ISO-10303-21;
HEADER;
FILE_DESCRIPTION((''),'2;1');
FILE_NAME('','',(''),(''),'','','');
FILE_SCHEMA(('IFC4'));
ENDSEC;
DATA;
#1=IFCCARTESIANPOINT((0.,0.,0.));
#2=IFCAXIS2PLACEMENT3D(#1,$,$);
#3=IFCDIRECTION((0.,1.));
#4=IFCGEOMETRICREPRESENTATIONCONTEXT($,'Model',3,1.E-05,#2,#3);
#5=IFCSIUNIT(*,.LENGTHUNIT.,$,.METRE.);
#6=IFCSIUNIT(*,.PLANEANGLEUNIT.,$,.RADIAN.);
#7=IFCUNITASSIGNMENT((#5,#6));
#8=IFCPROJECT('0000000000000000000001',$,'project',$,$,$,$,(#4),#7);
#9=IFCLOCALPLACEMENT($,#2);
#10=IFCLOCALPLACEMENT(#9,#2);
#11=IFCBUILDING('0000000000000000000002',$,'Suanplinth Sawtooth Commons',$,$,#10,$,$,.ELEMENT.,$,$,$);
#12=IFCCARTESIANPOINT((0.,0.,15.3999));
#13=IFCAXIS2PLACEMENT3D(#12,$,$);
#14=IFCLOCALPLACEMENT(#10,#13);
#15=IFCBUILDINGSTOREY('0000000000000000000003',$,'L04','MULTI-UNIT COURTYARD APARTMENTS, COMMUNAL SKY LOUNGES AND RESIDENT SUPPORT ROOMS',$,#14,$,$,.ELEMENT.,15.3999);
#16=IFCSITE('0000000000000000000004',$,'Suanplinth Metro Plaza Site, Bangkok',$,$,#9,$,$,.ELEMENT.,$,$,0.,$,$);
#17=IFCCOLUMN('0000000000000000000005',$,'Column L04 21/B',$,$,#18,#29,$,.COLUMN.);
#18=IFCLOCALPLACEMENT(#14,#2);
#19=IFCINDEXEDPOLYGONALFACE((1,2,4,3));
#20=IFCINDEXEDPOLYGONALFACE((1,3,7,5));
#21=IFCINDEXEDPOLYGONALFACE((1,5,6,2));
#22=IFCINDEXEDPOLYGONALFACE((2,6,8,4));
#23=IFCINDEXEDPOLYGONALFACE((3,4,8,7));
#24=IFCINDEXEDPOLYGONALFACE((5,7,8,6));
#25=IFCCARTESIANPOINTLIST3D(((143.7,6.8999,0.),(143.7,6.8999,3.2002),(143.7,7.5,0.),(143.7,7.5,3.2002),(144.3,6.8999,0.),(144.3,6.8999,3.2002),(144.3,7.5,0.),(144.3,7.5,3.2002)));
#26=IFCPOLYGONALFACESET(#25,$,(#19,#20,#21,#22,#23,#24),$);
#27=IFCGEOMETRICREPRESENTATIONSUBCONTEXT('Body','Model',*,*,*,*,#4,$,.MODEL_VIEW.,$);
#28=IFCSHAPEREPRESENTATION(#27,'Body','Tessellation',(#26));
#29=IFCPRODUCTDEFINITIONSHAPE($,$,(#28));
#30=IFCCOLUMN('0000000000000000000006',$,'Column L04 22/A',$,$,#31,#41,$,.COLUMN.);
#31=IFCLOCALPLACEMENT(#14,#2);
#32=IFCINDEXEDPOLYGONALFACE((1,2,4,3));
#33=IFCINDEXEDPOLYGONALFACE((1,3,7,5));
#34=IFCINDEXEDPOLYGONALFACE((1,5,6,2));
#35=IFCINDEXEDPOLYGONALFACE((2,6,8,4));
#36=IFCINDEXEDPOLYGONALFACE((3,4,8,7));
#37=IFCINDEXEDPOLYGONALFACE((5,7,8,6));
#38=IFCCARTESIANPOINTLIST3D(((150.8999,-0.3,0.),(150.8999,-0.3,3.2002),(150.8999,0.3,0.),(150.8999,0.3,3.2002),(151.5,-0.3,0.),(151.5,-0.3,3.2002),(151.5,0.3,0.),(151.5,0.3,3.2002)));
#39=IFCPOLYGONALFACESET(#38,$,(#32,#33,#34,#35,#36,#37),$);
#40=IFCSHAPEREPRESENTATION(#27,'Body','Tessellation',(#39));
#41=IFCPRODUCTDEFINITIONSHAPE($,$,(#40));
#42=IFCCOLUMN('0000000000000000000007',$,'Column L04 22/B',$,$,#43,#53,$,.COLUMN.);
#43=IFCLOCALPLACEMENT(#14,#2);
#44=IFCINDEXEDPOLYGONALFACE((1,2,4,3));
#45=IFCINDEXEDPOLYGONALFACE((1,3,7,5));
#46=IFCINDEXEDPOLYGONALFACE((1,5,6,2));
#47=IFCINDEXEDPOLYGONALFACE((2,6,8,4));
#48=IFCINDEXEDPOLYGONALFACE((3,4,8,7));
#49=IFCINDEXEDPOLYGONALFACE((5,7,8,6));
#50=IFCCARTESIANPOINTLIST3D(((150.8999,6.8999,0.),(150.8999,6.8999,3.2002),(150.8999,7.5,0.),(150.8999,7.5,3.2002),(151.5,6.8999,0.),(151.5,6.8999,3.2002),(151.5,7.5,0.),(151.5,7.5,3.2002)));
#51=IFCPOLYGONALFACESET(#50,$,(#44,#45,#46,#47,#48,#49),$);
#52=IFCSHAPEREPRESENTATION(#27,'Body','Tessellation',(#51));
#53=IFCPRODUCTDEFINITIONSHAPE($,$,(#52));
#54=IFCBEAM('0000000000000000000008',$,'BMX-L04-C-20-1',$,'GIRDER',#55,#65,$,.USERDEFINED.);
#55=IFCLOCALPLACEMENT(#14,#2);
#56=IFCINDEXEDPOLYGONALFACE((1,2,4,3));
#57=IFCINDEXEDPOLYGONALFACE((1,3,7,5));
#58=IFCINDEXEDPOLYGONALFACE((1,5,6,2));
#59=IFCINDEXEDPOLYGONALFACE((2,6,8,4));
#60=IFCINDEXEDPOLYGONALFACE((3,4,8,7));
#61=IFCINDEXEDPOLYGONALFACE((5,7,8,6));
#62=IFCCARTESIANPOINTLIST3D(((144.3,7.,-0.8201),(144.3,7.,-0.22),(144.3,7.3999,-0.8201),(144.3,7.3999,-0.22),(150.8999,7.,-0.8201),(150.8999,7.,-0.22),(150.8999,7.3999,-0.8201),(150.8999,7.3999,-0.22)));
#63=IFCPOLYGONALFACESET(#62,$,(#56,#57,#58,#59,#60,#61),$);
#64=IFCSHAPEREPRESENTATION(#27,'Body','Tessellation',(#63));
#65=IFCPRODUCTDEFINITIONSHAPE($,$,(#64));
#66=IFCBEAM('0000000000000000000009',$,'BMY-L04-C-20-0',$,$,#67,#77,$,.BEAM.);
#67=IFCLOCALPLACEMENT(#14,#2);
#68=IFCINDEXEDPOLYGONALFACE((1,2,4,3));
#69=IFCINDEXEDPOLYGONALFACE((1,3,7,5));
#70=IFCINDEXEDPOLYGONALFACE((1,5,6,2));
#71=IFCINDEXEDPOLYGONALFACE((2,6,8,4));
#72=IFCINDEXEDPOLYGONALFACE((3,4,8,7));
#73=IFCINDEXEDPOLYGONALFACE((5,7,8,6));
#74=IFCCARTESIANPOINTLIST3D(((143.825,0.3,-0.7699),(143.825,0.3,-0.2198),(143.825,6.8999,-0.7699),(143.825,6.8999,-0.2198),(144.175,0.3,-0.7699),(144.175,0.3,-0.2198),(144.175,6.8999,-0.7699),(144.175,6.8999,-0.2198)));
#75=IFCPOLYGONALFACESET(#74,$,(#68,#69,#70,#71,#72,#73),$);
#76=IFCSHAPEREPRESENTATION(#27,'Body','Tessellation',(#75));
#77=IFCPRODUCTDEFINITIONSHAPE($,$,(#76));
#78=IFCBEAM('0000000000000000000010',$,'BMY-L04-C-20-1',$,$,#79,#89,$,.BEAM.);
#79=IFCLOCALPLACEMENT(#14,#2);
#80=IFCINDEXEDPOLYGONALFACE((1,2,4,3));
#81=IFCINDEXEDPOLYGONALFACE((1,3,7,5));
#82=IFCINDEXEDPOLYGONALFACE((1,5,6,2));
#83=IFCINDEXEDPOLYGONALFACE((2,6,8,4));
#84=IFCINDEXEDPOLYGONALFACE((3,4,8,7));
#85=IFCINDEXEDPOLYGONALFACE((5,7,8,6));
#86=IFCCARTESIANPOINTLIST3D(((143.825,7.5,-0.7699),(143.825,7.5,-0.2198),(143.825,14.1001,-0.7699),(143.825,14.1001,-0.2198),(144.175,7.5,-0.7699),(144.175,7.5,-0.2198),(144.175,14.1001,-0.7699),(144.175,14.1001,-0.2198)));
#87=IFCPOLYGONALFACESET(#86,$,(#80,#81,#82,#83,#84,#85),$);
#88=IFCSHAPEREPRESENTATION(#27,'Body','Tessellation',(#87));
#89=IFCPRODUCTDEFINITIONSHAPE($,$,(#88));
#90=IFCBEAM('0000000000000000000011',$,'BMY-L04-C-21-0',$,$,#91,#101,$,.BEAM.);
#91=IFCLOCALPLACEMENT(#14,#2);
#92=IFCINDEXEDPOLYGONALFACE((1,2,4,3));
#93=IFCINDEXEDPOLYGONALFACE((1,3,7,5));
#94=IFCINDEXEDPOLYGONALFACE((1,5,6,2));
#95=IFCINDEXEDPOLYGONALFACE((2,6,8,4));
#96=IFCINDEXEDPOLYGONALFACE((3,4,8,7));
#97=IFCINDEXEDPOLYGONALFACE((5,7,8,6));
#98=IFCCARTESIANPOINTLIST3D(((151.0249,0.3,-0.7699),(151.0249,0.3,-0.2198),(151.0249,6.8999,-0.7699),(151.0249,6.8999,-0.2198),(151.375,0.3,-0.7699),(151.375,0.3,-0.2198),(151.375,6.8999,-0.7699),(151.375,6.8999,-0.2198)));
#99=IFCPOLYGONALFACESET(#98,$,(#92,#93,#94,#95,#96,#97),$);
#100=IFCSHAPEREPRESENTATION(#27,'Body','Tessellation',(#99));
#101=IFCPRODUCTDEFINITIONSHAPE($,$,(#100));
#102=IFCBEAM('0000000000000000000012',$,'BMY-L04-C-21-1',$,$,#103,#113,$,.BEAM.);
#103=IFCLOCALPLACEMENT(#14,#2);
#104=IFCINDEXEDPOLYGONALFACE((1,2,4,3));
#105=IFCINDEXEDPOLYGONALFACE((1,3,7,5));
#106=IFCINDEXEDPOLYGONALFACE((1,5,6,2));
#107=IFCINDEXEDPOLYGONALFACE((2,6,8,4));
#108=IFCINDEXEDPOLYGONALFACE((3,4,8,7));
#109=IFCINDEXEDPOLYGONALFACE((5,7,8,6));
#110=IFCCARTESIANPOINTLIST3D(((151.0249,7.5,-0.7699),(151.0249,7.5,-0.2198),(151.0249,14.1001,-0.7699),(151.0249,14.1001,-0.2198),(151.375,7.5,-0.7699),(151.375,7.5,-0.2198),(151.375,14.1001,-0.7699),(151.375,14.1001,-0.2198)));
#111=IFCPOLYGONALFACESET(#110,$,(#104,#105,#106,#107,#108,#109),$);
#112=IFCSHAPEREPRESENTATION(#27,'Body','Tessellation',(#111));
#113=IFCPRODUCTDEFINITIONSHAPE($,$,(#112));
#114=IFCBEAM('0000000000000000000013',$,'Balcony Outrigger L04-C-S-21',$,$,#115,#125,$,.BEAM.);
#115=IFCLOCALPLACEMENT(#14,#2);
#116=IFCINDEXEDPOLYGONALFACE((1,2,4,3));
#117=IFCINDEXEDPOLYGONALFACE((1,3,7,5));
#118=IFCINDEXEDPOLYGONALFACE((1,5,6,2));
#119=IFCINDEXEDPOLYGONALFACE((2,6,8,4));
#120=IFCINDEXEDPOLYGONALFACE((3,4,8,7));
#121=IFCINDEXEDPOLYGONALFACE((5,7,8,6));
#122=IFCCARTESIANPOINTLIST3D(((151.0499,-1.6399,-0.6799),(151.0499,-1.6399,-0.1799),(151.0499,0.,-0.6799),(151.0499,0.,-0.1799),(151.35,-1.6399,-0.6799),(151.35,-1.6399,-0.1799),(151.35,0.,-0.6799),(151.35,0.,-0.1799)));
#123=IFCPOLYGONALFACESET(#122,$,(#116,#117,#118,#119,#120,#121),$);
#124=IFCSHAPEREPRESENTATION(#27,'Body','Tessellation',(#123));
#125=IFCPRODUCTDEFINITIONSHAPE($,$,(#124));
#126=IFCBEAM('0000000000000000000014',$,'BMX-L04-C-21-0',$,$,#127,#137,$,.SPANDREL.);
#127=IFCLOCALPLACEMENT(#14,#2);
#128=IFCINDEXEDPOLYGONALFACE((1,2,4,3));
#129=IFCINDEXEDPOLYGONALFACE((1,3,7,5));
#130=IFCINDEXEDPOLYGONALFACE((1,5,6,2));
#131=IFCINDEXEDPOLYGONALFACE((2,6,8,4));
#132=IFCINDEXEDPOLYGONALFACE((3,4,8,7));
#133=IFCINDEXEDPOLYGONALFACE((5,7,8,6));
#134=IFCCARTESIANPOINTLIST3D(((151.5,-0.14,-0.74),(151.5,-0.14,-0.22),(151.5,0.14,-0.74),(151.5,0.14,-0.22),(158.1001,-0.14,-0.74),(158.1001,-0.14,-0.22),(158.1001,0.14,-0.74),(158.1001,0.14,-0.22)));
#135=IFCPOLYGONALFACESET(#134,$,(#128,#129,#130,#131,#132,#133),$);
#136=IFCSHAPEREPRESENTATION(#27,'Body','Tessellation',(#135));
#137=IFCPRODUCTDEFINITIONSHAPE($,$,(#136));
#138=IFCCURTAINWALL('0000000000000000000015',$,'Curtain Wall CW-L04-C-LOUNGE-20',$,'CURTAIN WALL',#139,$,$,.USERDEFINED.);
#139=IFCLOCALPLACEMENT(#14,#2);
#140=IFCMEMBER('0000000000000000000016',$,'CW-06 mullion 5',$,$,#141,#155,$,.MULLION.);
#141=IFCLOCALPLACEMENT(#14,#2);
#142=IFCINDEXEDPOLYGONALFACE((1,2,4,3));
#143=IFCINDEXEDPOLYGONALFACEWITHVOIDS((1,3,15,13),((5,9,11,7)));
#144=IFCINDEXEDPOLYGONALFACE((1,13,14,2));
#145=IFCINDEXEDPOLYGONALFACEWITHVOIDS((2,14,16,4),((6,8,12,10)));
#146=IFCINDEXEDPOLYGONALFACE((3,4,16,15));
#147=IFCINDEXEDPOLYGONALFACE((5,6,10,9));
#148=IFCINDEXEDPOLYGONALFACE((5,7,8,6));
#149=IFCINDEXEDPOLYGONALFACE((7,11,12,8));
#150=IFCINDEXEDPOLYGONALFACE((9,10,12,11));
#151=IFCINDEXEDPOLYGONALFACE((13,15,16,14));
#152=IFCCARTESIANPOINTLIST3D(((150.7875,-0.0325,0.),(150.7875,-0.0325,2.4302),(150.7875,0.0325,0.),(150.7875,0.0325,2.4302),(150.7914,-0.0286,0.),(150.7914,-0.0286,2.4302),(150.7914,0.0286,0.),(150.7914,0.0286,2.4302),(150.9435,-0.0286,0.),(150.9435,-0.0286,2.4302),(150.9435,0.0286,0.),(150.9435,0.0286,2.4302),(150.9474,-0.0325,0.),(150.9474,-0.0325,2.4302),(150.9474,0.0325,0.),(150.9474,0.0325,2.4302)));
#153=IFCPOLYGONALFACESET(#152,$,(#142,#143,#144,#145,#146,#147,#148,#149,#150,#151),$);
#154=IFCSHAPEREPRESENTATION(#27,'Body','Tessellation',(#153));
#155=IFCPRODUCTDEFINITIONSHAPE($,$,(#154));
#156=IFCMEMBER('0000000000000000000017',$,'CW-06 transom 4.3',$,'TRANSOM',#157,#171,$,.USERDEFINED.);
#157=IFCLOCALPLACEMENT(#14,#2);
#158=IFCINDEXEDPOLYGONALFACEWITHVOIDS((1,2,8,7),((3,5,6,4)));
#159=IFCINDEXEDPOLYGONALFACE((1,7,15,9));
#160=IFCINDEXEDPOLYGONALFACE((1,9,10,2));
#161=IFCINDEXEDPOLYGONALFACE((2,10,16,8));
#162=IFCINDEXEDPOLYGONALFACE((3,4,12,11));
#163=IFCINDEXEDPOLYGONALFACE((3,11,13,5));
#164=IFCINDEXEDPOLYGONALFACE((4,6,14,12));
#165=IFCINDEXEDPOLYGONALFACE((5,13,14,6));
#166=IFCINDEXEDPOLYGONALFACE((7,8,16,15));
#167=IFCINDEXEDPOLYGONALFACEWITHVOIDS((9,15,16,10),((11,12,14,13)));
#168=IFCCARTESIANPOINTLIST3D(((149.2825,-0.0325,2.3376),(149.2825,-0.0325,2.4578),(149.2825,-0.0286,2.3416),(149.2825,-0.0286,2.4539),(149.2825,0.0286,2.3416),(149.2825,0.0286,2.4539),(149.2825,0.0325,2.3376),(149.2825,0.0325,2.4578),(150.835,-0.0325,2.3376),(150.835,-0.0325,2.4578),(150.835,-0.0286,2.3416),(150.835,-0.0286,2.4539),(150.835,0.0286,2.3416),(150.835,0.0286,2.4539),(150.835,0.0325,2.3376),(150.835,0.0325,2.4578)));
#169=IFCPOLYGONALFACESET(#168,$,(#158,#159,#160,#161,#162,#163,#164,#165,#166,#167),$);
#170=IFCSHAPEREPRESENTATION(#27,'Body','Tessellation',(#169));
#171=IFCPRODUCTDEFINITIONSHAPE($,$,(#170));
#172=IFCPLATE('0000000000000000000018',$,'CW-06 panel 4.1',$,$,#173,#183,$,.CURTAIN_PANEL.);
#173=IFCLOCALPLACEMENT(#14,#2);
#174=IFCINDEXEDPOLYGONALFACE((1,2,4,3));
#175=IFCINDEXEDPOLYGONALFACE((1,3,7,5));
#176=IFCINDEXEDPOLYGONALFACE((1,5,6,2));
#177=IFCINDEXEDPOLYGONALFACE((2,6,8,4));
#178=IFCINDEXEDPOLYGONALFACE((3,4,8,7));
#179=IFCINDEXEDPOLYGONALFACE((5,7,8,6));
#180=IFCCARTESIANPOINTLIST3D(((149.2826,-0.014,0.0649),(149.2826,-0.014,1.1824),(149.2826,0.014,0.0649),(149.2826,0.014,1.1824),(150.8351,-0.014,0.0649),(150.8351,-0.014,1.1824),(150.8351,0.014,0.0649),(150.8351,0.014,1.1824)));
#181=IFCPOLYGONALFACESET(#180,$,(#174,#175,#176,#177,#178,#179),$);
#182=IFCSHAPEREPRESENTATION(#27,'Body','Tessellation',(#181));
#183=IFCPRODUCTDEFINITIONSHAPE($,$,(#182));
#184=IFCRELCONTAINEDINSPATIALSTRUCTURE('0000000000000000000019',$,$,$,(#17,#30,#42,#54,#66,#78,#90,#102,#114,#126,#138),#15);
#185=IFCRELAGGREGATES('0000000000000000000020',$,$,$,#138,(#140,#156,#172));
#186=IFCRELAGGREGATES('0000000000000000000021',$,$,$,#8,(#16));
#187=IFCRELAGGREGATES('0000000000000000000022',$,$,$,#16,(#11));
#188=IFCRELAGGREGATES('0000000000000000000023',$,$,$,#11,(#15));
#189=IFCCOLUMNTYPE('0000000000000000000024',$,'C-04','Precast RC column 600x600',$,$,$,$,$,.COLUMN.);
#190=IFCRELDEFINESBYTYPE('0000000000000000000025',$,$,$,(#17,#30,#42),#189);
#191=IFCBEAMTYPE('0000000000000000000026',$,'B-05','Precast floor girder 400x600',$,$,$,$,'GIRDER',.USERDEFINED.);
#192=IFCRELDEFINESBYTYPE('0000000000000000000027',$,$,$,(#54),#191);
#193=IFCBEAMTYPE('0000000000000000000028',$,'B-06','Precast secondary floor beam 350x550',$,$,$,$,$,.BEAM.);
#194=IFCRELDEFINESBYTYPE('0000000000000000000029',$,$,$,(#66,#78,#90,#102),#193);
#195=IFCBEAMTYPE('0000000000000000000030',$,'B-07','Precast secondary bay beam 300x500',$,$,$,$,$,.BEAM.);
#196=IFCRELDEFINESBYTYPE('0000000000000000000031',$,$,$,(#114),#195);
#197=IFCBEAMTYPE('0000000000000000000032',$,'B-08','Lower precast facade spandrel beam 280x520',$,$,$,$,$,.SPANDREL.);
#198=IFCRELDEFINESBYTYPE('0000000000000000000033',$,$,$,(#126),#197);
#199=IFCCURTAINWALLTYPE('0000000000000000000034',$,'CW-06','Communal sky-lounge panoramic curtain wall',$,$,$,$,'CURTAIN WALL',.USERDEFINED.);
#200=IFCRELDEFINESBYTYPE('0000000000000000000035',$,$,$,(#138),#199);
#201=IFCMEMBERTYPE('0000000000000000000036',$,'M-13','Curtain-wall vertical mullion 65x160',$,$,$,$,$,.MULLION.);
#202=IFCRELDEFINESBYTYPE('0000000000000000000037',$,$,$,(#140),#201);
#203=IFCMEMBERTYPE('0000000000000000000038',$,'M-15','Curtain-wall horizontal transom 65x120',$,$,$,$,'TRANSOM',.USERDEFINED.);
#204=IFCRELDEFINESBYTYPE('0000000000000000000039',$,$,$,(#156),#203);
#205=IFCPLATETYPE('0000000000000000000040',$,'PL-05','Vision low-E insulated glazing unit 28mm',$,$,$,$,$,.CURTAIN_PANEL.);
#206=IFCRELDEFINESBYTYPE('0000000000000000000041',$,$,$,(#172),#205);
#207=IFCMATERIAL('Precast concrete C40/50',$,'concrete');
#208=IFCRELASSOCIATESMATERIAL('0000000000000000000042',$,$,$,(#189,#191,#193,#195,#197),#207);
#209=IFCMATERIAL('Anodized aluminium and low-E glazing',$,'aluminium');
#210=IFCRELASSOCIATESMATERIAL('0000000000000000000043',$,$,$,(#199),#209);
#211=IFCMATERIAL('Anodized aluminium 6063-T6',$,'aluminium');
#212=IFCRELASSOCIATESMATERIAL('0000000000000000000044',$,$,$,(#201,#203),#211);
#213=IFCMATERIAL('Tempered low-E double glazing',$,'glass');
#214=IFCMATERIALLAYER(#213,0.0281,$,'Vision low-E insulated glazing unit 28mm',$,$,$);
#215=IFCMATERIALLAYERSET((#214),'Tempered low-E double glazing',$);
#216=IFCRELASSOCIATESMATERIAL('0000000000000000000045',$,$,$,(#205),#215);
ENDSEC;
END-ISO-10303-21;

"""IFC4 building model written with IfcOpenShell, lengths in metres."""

from ifc_helpers import new_model, si_unit, direction, frame, origin, origin_2d, place, context, subcontext, project, spatial, rectangle, hollow_rectangle, extrude, material, layer, layer_set, material_profile, profile_set, type_object, element, aggregate, save


model = new_model("IFC4")

# Units and contexts
model_context = context("Model", 3, precision=1e-05, world=origin(), true_north=direction((0.0, 1.0)))
body_context = subcontext(model_context, "Body", "Model", "MODEL_VIEW")
ifc_project = project(units=[si_unit("LENGTHUNIT", "METRE"), si_unit("PLANEANGLEUNIT", "RADIAN")], contexts=[model_context])

# Site, building, storey
site_placement = place(None, origin())
site = spatial("IfcSite", under=ifc_project, at=site_placement, Name="Suanplinth Metro Plaza Site, Bangkok", CompositionType="ELEMENT", RefElevation=0.0)
building_placement = place(site_placement, origin())
building = spatial("IfcBuilding", under=site, at=building_placement, Name="Suanplinth Sawtooth Commons", CompositionType="ELEMENT")
storey_placement = place(building_placement, frame((0.0, 0.0, 15.3999)))
storey = spatial("IfcBuildingStorey", under=building, at=storey_placement, Name="L04", Description="MULTI-UNIT COURTYARD APARTMENTS, COMMUNAL SKY LOUNGES AND RESIDENT SUPPORT ROOMS", CompositionType="ELEMENT", Elevation=15.3999)

# Columns
ifc_material_1 = material(Name="Precast concrete C40/50", Category="concrete")
ifc_material_profile_1 = material_profile(ifc_material_1, rectangle(XDim=0.6001, YDim=0.6001, at=origin_2d()), Name="PC-COL 600x600")
ifc_profile_set_1 = profile_set([ifc_material_profile_1], Name="Precast concrete C40/50")
column_type = type_object("IfcColumnType", Name="C-04", Description="Precast RC column 600x600", PredefinedType="COLUMN", material=ifc_profile_set_1)
for number, where, z_axis, x_axis, name in (
    (1, (144.0, 7.2, 0.0), (0.0, 0.0, 1.0), (1.0, 0.0, 0.0), "Column L04 21/B"),
    (2, (151.2, 0.0, 0.0), (0.0, 0.0, 1.0), (1.0, 0.0, 0.0), "Column L04 22/A"),
    (3, (151.2, 7.2, 0.0), (0.0, 0.0, 1.0), (1.0, 0.0, 0.0), "Column L04 22/B"),
):
    element("IfcColumn", number, at=place(storey_placement, frame(where, z_axis=z_axis, x_axis=x_axis)), inside=storey, type_object=column_type, Name=name, PredefinedType="COLUMN", context=body_context, shape_type="SweptSolid", body=[
        extrude(rectangle(XDim=0.6001, YDim=0.6001, at=origin_2d()), origin(), (0.0, 0.0, 1.0), 3.2002),
    ])

# Beams
ifc_material_profile_2 = material_profile(ifc_material_1, rectangle(XDim=0.3999, YDim=0.6001, at=origin_2d()), Name="PC-GDR 400x600")
ifc_profile_set_2 = profile_set([ifc_material_profile_2], Name="Precast concrete C40/50")
beam_type_1 = type_object("IfcBeamType", Name="B-05", Description="Precast floor girder 400x600", ElementType="GIRDER", PredefinedType="USERDEFINED", material=ifc_profile_set_2)
beam_1_placement = place(storey_placement, frame((144.3, 7.2, -0.52), z_axis=(1.0, 0.0, 0.0), x_axis=(0.0, 1.0, 0.0)))
element("IfcBeam", 4, at=beam_1_placement, inside=storey, type_object=beam_type_1, Name="BMX-L04-C-20-1", ObjectType="GIRDER", PredefinedType="USERDEFINED", context=body_context, shape_type="SweptSolid", body=[
    extrude(rectangle(XDim=0.3999, YDim=0.6001, at=origin_2d()), origin(), (0.0, 0.0, 1.0), 6.5999),
])
ifc_material_profile_3 = material_profile(ifc_material_1, rectangle(XDim=0.3501, YDim=0.55, at=origin_2d()), Name="PC-BM 350x550")
ifc_profile_set_3 = profile_set([ifc_material_profile_3], Name="Precast concrete C40/50")
beam_type_2 = type_object("IfcBeamType", Name="B-06", Description="Precast secondary floor beam 350x550", PredefinedType="BEAM", material=ifc_profile_set_3)
beam_2_placement = place(storey_placement, frame((144.0, 0.3, -0.4949), z_axis=(0.0, 1.0, 0.0), x_axis=(-1.0, 0.0, 0.0)))
element("IfcBeam", 5, at=beam_2_placement, inside=storey, type_object=beam_type_2, Name="BMY-L04-C-20-0", PredefinedType="BEAM", context=body_context, shape_type="SweptSolid", body=[
    extrude(rectangle(XDim=0.3501, YDim=0.55, at=origin_2d()), origin(), (0.0, 0.0, 1.0), 6.5999),
])
beam_3_placement = place(storey_placement, frame((144.0, 7.5, -0.4949), z_axis=(0.0, 1.0, 0.0), x_axis=(-1.0, 0.0, 0.0)))
element("IfcBeam", 6, at=beam_3_placement, inside=storey, type_object=beam_type_2, Name="BMY-L04-C-20-1", PredefinedType="BEAM", context=body_context, shape_type="SweptSolid", body=[
    extrude(rectangle(XDim=0.3501, YDim=0.55, at=origin_2d()), origin(), (0.0, 0.0, 1.0), 6.6001),
])
beam_4_placement = place(storey_placement, frame((151.2, 0.3, -0.4949), z_axis=(0.0, 1.0, 0.0), x_axis=(-1.0, 0.0, 0.0)))
element("IfcBeam", 7, at=beam_4_placement, inside=storey, type_object=beam_type_2, Name="BMY-L04-C-21-0", PredefinedType="BEAM", context=body_context, shape_type="SweptSolid", body=[
    extrude(rectangle(XDim=0.3501, YDim=0.55, at=origin_2d()), origin(), (0.0, 0.0, 1.0), 6.5999),
])
beam_5_placement = place(storey_placement, frame((151.2, 7.5, -0.4949), z_axis=(0.0, 1.0, 0.0), x_axis=(-1.0, 0.0, 0.0)))
element("IfcBeam", 8, at=beam_5_placement, inside=storey, type_object=beam_type_2, Name="BMY-L04-C-21-1", PredefinedType="BEAM", context=body_context, shape_type="SweptSolid", body=[
    extrude(rectangle(XDim=0.3501, YDim=0.55, at=origin_2d()), origin(), (0.0, 0.0, 1.0), 6.6001),
])
ifc_material_profile_4 = material_profile(ifc_material_1, rectangle(XDim=0.3, YDim=0.5, at=origin_2d()), Name="PC-BM 300x500")
ifc_profile_set_4 = profile_set([ifc_material_profile_4], Name="Precast concrete C40/50")
beam_type_3 = type_object("IfcBeamType", Name="B-07", Description="Precast secondary bay beam 300x500", PredefinedType="BEAM", material=ifc_profile_set_4)
beam_6_placement = place(storey_placement, frame((151.2, 0.0, -0.4299), z_axis=(0.0, -1.0, 0.0), x_axis=(1.0, 0.0, 0.0)))
element("IfcBeam", 9, at=beam_6_placement, inside=storey, type_object=beam_type_3, Name="Balcony Outrigger L04-C-S-21", PredefinedType="BEAM", context=body_context, shape_type="SweptSolid", body=[
    extrude(rectangle(XDim=0.3, YDim=0.5, at=origin_2d()), origin(), (0.0, 0.0, 1.0), 1.6399),
])
ifc_material_profile_5 = material_profile(ifc_material_1, rectangle(XDim=0.28, YDim=0.52, at=origin_2d()), Name="PC-SP 280x520")
ifc_profile_set_5 = profile_set([ifc_material_profile_5], Name="Precast concrete C40/50")
beam_type_4 = type_object("IfcBeamType", Name="B-08", Description="Lower precast facade spandrel beam 280x520", PredefinedType="SPANDREL", material=ifc_profile_set_5)
beam_7_placement = place(storey_placement, frame((151.5, 0.0, -0.48), z_axis=(1.0, 0.0, 0.0), x_axis=(0.0, 1.0, 0.0)))
element("IfcBeam", 10, at=beam_7_placement, inside=storey, type_object=beam_type_4, Name="BMX-L04-C-21-0", PredefinedType="SPANDREL", context=body_context, shape_type="SweptSolid", body=[
    extrude(rectangle(XDim=0.28, YDim=0.52, at=origin_2d()), origin(), (0.0, 0.0, 1.0), 6.6001),
])

# Curtain wall, members, plate
ifc_material_2 = material(Name="Anodized aluminium and low-E glazing", Category="aluminium")
curtain_wall_type = type_object("IfcCurtainWallType", Name="CW-06", Description="Communal sky-lounge panoramic curtain wall", ElementType="CURTAIN WALL", PredefinedType="USERDEFINED", material=ifc_material_2)
curtain_wall_placement = place(storey_placement, origin())
curtain_wall = element("IfcCurtainWall", 11, at=curtain_wall_placement, inside=storey, type_object=curtain_wall_type, Name="Curtain Wall CW-L04-C-LOUNGE-20", ObjectType="CURTAIN WALL", PredefinedType="USERDEFINED")
ifc_material_3 = material(Name="Anodized aluminium 6063-T6", Category="aluminium")
ifc_material_profile_6 = material_profile(ifc_material_3, hollow_rectangle(XDim=0.0649, YDim=0.1599, WallThickness=0.0039, at=origin_2d()), Name="ALU-MUL 65x160")
ifc_profile_set_6 = profile_set([ifc_material_profile_6], Name="Anodized aluminium 6063-T6")
member_type_1 = type_object("IfcMemberType", Name="M-13", Description="Curtain-wall vertical mullion 65x160", PredefinedType="MULLION", material=ifc_profile_set_6)
member_1_placement = place(storey_placement, frame((150.8674, 0.0, 0.0), z_axis=(0.0, 0.0, 1.0), x_axis=(0.0, 1.0, 0.0)))
member_1 = element("IfcMember", 12, at=member_1_placement, type_object=member_type_1, Name="CW-06 mullion 5", PredefinedType="MULLION", context=body_context, shape_type="SweptSolid", body=[
    extrude(hollow_rectangle(XDim=0.0649, YDim=0.1599, WallThickness=0.0039, at=origin_2d()), origin(), (0.0, 0.0, 1.0), 2.4302),
])
ifc_material_profile_7 = material_profile(ifc_material_3, hollow_rectangle(XDim=0.0649, YDim=0.1201, WallThickness=0.0039, at=origin_2d()), Name="ALU-TRN 65x120")
ifc_profile_set_7 = profile_set([ifc_material_profile_7], Name="Anodized aluminium 6063-T6")
member_type_2 = type_object("IfcMemberType", Name="M-15", Description="Curtain-wall horizontal transom 65x120", ElementType="TRANSOM", PredefinedType="USERDEFINED", material=ifc_profile_set_7)
member_2_placement = place(storey_placement, frame((149.2825, 0.0, 2.3977), z_axis=(1.0, 0.0, 0.0), x_axis=(0.0, 1.0, 0.0)))
member_2 = element("IfcMember", 13, at=member_2_placement, type_object=member_type_2, Name="CW-06 transom 4.3", ObjectType="TRANSOM", PredefinedType="USERDEFINED", context=body_context, shape_type="SweptSolid", body=[
    extrude(hollow_rectangle(XDim=0.0649, YDim=0.1201, WallThickness=0.0039, at=origin_2d()), origin(), (0.0, 0.0, 1.0), 1.5525),
])
ifc_material_4 = material(Name="Tempered low-E double glazing", Category="glass")
ifc_layer_1 = layer(ifc_material_4, 0.0281, Name="Vision low-E insulated glazing unit 28mm")
ifc_layer_set_1 = layer_set([ifc_layer_1], Name="Tempered low-E double glazing")
plate_type = type_object("IfcPlateType", Name="PL-05", Description="Vision low-E insulated glazing unit 28mm", PredefinedType="CURTAIN_PANEL", material=ifc_layer_set_1)
plate_1_placement = place(storey_placement, frame((150.0588, 0.0, 0.0649), z_axis=(0.0, 0.0, 1.0), x_axis=(1.0, 0.0, 0.0)))
plate_1 = element("IfcPlate", 14, at=plate_1_placement, type_object=plate_type, Name="CW-06 panel 4.1", PredefinedType="CURTAIN_PANEL", context=body_context, shape_type="SweptSolid", body=[
    extrude(rectangle(XDim=1.5525, YDim=0.0281, at=origin_2d()), origin(), (0.0, 0.0, 1.0), 1.1174),
])
aggregate(curtain_wall, [member_1, member_2, plate_1])

save(model, "model.ifc")
